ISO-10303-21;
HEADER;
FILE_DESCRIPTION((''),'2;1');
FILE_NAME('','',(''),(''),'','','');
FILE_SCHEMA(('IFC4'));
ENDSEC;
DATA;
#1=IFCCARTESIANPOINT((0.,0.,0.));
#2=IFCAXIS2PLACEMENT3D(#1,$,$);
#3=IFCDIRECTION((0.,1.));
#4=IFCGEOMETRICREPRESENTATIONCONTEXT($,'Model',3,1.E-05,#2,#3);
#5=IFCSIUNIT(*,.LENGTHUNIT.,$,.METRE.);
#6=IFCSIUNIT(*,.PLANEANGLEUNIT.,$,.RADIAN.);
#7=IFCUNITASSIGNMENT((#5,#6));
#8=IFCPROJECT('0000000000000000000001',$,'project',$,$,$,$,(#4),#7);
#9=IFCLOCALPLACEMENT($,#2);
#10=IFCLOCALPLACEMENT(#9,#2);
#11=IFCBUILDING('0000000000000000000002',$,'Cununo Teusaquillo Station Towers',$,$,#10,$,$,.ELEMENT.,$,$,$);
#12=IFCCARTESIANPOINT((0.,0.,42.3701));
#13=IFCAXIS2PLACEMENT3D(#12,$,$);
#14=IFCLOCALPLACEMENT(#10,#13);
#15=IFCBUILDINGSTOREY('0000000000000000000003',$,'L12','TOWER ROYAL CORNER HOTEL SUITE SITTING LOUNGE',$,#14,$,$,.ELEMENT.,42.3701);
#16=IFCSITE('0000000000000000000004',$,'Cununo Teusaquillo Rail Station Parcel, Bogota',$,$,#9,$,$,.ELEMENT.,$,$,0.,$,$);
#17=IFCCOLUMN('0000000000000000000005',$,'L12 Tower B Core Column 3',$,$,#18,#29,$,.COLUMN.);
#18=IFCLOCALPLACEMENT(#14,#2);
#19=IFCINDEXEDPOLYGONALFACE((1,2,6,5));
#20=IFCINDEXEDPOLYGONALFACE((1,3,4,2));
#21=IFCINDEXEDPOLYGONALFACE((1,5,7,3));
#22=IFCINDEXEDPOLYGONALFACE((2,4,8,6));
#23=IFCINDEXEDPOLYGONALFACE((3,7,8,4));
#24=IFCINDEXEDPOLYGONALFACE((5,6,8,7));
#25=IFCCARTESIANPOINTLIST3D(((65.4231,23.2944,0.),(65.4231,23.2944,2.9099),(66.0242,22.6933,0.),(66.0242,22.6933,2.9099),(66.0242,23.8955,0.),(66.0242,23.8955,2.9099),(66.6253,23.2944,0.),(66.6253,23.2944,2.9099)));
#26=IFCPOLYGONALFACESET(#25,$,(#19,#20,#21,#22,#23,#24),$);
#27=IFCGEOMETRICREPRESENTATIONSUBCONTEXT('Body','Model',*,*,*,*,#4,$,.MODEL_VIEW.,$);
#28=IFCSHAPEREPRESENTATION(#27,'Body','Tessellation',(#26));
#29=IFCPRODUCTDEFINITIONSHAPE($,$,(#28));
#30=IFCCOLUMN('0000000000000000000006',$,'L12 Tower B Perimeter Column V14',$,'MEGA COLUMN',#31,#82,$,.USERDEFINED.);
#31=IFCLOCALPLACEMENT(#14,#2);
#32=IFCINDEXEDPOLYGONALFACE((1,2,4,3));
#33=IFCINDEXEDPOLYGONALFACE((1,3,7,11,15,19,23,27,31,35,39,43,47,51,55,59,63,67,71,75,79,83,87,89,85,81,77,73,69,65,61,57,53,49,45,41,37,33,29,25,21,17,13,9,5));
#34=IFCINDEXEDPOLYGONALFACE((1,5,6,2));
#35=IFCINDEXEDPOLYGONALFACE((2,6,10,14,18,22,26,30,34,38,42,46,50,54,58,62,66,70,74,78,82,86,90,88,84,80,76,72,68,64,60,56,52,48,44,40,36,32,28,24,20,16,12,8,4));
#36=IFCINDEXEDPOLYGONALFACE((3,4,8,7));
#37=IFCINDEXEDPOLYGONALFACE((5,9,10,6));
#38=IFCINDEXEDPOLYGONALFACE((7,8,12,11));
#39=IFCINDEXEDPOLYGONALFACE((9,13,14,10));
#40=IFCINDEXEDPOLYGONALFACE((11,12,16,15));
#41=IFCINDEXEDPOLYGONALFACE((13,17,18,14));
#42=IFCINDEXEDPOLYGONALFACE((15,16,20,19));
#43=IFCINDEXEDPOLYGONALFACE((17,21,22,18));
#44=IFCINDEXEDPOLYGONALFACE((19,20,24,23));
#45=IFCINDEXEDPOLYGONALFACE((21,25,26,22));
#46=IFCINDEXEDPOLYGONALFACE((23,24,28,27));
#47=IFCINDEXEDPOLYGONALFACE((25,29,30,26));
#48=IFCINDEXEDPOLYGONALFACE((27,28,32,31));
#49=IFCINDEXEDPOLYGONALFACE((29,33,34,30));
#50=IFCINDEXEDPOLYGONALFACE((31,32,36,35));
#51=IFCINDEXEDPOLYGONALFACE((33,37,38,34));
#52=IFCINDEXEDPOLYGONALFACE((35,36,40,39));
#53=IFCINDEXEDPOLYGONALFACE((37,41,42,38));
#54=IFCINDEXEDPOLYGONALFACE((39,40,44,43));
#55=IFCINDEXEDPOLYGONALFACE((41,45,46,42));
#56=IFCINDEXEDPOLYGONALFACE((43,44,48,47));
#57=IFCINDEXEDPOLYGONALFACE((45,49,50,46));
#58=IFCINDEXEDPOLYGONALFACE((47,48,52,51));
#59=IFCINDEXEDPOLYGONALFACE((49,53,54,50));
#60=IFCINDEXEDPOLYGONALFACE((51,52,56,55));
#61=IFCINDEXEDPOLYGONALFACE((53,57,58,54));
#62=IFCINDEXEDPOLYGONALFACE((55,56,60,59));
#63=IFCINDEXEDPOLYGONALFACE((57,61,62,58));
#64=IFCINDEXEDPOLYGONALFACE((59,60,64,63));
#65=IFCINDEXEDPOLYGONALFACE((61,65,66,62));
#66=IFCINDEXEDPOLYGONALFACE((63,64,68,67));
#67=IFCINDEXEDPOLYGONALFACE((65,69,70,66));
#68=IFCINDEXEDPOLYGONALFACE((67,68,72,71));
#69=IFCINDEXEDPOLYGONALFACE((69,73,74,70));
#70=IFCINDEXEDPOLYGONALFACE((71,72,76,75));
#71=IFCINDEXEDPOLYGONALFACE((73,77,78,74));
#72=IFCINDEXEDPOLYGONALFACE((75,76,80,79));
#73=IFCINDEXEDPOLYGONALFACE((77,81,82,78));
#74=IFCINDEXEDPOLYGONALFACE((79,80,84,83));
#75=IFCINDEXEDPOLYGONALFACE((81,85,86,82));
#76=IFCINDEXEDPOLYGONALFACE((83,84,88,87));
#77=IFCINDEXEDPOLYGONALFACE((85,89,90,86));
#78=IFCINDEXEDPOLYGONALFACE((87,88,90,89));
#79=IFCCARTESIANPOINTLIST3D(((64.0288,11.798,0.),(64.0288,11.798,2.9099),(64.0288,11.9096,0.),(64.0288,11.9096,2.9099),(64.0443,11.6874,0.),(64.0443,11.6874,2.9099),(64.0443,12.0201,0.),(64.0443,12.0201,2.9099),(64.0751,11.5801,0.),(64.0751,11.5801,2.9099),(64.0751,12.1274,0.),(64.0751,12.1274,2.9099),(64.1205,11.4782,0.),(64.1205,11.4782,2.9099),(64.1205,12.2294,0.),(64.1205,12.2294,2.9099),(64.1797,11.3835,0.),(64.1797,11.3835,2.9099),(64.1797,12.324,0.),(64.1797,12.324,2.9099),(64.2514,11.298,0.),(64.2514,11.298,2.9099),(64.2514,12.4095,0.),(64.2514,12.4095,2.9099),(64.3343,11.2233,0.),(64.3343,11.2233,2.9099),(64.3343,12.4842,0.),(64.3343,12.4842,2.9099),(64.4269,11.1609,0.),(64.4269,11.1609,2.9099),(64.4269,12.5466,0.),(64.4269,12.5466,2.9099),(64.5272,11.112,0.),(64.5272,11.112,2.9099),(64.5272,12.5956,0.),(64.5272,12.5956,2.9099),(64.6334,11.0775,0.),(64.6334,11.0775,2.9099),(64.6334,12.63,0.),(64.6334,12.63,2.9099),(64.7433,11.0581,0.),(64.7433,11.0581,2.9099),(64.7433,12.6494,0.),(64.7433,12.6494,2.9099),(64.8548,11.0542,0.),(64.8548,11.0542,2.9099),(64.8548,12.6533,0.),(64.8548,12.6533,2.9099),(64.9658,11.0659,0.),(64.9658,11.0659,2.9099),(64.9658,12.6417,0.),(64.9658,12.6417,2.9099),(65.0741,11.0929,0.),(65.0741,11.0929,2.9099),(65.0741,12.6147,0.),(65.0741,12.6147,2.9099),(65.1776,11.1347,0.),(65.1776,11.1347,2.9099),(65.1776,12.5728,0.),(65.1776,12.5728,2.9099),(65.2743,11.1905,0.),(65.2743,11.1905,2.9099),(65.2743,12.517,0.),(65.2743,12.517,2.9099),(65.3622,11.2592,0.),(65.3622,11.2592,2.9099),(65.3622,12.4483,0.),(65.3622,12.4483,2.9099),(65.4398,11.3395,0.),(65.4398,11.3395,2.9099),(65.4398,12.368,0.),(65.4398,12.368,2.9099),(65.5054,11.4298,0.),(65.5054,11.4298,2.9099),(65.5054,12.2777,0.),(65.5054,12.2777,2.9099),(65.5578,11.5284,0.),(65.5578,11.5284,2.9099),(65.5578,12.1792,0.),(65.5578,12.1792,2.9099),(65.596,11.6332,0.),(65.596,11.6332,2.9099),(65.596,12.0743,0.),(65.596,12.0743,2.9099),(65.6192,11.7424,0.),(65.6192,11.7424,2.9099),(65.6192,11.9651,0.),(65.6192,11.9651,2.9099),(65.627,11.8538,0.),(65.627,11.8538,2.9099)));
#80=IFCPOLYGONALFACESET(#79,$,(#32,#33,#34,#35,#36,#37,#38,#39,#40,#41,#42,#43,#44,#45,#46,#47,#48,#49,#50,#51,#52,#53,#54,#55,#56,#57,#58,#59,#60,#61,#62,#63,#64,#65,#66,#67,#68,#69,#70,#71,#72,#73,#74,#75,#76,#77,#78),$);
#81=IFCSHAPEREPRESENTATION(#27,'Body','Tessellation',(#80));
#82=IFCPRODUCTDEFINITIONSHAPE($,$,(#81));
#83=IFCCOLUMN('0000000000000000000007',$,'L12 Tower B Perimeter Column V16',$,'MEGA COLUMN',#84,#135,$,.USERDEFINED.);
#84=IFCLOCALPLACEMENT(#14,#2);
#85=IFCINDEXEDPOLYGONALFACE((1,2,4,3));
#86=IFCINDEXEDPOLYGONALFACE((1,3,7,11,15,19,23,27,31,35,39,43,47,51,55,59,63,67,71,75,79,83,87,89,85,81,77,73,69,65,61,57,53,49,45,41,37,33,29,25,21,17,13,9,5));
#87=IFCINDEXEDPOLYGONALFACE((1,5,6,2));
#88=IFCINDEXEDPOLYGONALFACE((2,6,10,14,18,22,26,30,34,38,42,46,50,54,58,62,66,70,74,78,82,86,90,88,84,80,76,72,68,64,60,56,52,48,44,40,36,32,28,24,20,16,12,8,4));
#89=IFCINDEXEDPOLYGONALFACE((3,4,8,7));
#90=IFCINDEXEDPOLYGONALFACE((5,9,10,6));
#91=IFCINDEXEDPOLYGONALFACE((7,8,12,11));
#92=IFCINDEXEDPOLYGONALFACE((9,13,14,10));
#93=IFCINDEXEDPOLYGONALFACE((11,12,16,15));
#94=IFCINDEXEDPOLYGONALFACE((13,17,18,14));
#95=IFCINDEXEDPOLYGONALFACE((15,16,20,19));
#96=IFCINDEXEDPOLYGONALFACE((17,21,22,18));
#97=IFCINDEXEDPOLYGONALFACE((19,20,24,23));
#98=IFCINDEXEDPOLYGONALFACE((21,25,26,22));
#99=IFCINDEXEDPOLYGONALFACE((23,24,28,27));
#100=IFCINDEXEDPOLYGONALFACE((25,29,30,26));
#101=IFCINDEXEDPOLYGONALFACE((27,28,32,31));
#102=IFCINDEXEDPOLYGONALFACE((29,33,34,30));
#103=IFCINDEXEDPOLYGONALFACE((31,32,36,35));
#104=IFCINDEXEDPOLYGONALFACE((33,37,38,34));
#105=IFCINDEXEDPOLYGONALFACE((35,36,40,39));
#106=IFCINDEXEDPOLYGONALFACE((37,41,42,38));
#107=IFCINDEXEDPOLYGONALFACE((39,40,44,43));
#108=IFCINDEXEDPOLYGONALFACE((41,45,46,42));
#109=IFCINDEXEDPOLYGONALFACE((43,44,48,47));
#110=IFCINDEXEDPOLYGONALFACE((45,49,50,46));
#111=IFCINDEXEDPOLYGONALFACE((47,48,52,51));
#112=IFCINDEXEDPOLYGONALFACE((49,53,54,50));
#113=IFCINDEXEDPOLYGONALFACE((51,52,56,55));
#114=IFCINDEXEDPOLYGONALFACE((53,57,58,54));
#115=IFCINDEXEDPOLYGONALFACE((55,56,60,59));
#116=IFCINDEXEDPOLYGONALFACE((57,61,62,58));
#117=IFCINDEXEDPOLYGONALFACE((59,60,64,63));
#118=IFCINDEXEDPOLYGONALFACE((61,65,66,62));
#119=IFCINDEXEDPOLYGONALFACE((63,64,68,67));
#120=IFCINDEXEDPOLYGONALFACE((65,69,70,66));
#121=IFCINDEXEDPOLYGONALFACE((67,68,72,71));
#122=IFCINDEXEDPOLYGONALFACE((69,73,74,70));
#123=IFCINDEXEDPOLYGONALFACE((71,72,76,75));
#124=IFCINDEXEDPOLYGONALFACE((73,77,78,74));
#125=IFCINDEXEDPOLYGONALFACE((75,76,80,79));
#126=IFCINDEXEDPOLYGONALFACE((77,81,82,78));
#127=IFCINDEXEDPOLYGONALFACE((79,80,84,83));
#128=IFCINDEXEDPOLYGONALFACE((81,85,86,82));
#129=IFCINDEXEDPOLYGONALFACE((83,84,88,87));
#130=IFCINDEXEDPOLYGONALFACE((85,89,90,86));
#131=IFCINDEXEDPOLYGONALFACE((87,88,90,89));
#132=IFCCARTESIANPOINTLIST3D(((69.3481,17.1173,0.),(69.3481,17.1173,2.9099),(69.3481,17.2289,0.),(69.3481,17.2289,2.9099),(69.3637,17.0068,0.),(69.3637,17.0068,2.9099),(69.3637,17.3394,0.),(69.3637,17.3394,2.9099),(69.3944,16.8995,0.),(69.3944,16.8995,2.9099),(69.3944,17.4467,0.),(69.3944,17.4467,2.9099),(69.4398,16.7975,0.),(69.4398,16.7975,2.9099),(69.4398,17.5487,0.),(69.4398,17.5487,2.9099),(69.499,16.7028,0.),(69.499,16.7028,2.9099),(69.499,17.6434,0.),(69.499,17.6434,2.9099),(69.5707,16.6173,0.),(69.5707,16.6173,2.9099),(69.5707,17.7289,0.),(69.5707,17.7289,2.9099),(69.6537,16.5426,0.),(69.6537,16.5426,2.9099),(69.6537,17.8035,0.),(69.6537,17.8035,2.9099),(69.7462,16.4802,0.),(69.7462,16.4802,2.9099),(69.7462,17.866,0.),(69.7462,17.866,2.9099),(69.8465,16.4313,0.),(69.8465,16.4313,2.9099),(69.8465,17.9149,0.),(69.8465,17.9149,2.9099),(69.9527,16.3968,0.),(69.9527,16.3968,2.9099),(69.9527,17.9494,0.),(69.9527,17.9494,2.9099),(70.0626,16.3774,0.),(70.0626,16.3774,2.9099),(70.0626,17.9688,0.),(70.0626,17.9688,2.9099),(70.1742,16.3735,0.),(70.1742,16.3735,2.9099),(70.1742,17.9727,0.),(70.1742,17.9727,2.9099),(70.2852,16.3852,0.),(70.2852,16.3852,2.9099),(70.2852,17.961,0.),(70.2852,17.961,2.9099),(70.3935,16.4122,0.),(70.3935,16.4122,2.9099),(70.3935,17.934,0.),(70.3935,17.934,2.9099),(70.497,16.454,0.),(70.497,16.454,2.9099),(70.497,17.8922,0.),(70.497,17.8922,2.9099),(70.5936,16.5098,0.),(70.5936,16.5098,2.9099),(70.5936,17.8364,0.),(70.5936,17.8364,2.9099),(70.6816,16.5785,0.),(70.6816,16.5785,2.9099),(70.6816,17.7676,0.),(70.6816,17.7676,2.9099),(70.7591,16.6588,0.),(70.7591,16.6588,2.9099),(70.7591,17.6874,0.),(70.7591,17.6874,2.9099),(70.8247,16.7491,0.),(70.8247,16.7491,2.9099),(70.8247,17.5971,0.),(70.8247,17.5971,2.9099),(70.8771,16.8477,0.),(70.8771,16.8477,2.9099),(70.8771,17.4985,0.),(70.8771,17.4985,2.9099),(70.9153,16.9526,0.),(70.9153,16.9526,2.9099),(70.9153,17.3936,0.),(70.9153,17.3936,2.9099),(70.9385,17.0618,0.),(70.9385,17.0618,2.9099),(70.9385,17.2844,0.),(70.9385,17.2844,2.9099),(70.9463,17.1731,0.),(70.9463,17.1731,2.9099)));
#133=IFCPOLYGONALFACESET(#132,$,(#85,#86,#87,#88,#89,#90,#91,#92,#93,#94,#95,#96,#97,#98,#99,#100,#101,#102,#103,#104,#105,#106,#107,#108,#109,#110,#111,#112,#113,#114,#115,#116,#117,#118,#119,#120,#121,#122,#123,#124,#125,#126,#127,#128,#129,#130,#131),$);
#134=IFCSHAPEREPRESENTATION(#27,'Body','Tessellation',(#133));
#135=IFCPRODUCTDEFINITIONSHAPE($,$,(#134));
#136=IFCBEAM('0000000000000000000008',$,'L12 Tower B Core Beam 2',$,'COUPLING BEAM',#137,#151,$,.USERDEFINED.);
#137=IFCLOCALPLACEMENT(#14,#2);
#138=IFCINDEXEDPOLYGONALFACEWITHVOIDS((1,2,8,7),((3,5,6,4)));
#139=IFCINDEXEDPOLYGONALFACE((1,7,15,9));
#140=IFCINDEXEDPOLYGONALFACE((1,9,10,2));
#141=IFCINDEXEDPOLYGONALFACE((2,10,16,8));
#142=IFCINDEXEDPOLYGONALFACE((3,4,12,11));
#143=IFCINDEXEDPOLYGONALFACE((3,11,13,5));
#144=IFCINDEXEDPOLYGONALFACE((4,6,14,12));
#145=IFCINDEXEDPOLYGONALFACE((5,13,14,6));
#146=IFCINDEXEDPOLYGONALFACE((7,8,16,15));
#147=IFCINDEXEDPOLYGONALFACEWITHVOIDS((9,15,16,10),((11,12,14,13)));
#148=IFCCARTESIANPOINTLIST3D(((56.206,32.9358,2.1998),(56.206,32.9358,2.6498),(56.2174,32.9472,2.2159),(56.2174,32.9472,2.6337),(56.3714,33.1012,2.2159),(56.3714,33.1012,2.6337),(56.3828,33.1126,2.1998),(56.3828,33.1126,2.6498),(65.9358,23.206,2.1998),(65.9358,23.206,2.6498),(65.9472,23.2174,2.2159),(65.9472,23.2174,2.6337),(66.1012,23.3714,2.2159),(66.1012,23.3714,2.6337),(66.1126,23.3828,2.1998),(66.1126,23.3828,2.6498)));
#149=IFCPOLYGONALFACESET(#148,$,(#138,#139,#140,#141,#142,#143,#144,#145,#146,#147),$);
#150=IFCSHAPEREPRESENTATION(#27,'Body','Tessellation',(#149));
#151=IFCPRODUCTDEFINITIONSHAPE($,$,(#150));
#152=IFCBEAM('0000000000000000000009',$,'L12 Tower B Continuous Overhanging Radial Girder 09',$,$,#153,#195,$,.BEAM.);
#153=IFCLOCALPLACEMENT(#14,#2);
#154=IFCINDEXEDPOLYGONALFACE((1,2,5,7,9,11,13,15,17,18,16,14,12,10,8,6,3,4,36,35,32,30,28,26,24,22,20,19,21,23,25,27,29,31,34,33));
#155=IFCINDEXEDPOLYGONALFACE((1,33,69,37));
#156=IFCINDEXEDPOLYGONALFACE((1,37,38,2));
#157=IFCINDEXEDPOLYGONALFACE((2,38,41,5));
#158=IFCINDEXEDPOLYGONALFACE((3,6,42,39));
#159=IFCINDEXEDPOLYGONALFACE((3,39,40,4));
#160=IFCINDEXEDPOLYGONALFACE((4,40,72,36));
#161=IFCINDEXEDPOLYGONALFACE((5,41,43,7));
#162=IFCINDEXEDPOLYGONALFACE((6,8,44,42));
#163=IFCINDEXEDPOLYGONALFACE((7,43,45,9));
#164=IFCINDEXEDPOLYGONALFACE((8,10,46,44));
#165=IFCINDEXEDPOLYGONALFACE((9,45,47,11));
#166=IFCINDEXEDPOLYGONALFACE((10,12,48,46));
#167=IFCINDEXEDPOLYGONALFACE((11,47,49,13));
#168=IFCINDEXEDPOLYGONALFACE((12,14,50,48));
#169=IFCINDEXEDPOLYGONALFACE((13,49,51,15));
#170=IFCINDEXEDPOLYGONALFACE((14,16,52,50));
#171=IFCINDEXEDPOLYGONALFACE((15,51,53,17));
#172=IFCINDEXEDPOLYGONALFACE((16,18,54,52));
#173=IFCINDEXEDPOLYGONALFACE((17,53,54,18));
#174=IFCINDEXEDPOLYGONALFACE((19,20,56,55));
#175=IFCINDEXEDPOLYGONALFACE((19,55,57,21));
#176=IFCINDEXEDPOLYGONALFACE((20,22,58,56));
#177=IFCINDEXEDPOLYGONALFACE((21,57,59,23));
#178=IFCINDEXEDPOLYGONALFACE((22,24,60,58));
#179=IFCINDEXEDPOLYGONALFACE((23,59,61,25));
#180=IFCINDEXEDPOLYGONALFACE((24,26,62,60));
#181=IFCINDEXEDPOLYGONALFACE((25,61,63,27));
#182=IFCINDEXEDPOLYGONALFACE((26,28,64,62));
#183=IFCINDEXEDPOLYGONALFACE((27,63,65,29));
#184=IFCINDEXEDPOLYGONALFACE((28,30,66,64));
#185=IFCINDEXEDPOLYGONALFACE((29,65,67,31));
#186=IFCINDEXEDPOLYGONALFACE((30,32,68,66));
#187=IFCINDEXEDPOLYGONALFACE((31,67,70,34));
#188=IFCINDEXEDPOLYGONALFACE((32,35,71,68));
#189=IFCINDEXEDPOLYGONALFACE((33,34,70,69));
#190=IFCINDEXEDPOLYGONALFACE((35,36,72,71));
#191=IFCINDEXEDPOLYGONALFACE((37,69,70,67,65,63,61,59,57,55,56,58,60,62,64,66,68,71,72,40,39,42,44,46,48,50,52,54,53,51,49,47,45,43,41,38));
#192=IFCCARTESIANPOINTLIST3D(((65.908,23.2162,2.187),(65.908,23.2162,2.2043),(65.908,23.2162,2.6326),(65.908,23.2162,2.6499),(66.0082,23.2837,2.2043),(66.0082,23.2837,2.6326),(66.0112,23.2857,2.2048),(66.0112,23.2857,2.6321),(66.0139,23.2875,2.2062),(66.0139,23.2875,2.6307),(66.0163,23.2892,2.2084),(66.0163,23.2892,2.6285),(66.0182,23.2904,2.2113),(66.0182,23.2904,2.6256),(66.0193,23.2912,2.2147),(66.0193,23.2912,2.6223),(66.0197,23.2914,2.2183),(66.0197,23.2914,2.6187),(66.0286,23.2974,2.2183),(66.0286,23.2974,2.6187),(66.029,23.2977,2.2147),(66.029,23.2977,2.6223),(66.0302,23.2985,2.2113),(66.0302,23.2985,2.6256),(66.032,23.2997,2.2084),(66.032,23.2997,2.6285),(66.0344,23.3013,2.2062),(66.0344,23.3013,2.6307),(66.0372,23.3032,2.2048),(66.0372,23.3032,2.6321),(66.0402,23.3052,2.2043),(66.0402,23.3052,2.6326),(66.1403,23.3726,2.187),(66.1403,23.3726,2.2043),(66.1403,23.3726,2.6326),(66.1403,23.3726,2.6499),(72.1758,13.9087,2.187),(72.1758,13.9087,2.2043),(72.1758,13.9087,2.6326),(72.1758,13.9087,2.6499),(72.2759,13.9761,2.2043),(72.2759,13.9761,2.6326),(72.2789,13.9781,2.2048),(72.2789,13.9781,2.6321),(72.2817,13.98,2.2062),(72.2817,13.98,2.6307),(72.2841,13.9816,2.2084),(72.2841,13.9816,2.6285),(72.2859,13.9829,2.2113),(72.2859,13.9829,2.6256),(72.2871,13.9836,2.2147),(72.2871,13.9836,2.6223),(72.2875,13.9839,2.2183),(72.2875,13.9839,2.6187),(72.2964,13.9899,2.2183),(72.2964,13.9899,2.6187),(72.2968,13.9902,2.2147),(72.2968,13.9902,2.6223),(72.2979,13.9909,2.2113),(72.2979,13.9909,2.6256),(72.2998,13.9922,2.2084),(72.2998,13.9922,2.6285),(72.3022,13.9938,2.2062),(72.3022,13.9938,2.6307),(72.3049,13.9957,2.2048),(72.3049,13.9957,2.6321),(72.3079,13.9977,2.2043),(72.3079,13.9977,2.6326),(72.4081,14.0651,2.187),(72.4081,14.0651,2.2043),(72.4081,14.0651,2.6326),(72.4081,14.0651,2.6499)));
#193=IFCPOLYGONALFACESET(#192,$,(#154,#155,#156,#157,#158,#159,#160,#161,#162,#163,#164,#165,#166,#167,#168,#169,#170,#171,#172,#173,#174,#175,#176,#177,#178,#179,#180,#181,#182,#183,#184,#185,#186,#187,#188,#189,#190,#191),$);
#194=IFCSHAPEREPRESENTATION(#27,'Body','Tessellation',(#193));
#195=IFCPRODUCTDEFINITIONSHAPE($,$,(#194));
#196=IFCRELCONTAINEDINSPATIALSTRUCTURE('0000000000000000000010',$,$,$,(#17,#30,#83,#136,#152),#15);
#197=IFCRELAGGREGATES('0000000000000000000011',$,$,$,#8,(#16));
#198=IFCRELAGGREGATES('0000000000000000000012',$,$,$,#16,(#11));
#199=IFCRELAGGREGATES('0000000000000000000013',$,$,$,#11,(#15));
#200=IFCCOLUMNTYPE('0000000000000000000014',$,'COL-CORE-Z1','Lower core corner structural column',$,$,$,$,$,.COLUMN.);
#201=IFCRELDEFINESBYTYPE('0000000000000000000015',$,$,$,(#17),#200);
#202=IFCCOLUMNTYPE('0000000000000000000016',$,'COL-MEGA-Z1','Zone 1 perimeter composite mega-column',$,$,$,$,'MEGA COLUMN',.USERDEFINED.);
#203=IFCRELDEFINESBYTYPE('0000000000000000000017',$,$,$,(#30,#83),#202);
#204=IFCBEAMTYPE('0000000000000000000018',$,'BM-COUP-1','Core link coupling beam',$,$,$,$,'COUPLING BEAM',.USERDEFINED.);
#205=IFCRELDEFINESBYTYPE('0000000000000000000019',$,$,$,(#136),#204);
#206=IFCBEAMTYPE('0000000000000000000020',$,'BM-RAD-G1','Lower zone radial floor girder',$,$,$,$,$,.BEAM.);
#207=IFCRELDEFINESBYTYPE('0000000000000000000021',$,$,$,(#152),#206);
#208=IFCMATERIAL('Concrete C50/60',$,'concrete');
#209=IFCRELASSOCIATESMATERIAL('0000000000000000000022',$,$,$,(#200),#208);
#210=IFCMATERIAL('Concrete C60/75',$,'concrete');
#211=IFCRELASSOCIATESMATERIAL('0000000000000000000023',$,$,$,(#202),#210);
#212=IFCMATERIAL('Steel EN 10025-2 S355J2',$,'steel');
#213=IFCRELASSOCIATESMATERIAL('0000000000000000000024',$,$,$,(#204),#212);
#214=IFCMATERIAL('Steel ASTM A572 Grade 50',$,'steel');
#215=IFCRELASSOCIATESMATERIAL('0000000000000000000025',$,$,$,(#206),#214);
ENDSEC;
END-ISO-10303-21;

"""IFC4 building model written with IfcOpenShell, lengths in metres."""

from ifc_helpers import new_model, si_unit, direction, frame, origin, origin_2d, place, context, subcontext, project, spatial, rectangle, hollow_rectangle, circle, i_section, extrude, material, material_profile, profile_set, type_object, element, save


model = new_model("IFC4")

# Units and contexts
model_context = context("Model", 3, precision=1e-05, world=origin(), true_north=direction((0.0, 1.0)))
body_context = subcontext(model_context, "Body", "Model", "MODEL_VIEW")
ifc_project = project(units=[si_unit("LENGTHUNIT", "METRE"), si_unit("PLANEANGLEUNIT", "RADIAN")], contexts=[model_context])

# Site, building, storey
site_placement = place(None, origin())
site = spatial("IfcSite", under=ifc_project, at=site_placement, Name="Cununo Teusaquillo Rail Station Parcel, Bogota", CompositionType="ELEMENT", RefElevation=0.0)
building_placement = place(site_placement, origin())
building = spatial("IfcBuilding", under=site, at=building_placement, Name="Cununo Teusaquillo Station Towers", CompositionType="ELEMENT")
storey_placement = place(building_placement, frame((0.0, 0.0, 42.3701)))
storey = spatial("IfcBuildingStorey", under=building, at=storey_placement, Name="L12", Description="TOWER ROYAL CORNER HOTEL SUITE SITTING LOUNGE", CompositionType="ELEMENT", Elevation=42.3701)

# Columns
ifc_material_1 = material(Name="Concrete C50/60", Category="concrete")
ifc_material_profile_1 = material_profile(ifc_material_1, rectangle(XDim=0.8501, YDim=0.8501, at=origin_2d()), Name="RC-RECT-850x850")
ifc_profile_set_1 = profile_set([ifc_material_profile_1], Name="Concrete C50/60")
column_type_1 = type_object("IfcColumnType", Name="COL-CORE-Z1", Description="Lower core corner structural column", PredefinedType="COLUMN", material=ifc_profile_set_1)
column_placement = place(storey_placement, frame((66.0242, 23.2944, 0.0), z_axis=(0.0, 0.0, 1.0), x_axis=(0.707107, 0.707107, 0.0)))
element("IfcColumn", 1, at=column_placement, inside=storey, type_object=column_type_1, Name="L12 Tower B Core Column 3", PredefinedType="COLUMN", context=body_context, shape_type="SweptSolid", body=[
    extrude(rectangle(XDim=0.8501, YDim=0.8501, at=origin_2d()), origin(), (0.0, 0.0, 1.0), 2.9099),
])
ifc_material_2 = material(Name="Concrete C60/75", Category="concrete")
ifc_material_profile_2 = material_profile(ifc_material_2, circle(Radius=0.8, at=origin_2d()), Name="RC-CIRC-1600")
ifc_profile_set_2 = profile_set([ifc_material_profile_2], Name="Concrete C60/75")
column_type_2 = type_object("IfcColumnType", Name="COL-MEGA-Z1", Description="Zone 1 perimeter composite mega-column", ElementType="MEGA COLUMN", PredefinedType="USERDEFINED", material=ifc_profile_set_2)
for number, where, z_axis, x_axis, name in (
    (2, (64.8269, 11.8538, 0.0), (0.0, 0.0, 1.0), (1.0, 0.0, 0.0), "L12 Tower B Perimeter Column V14"),
    (3, (70.1462, 17.1731, 0.0), (0.0, 0.0, 1.0), (1.0, 0.0, 0.0), "L12 Tower B Perimeter Column V16"),
):
    element("IfcColumn", number, at=place(storey_placement, frame(where, z_axis=z_axis, x_axis=x_axis)), inside=storey, type_object=column_type_2, Name=name, ObjectType="MEGA COLUMN", PredefinedType="USERDEFINED", context=body_context, shape_type="SweptSolid", body=[
        extrude(circle(Radius=0.8, at=origin_2d()), origin(), (0.0, 0.0, 1.0), 2.9099),
    ])

# Beams
ifc_material_3 = material(Name="Steel EN 10025-2 S355J2", Category="steel")
ifc_material_profile_3 = material_profile(ifc_material_3, hollow_rectangle(XDim=0.25, YDim=0.45, WallThickness=0.0161, at=origin_2d()), Name="RHS 450x250x16")
ifc_profile_set_3 = profile_set([ifc_material_profile_3], Name="Steel EN 10025-2 S355J2")
beam_type_1 = type_object("IfcBeamType", Name="BM-COUP-1", Description="Core link coupling beam", ElementType="COUPLING BEAM", PredefinedType="USERDEFINED", material=ifc_profile_set_3)
beam_1_placement = place(storey_placement, frame((66.0242, 23.2944, 2.4248), z_axis=(-0.707107, 0.707107, 0.0), x_axis=(-0.707107, -0.707107, 0.0)))
element("IfcBeam", 4, at=beam_1_placement, inside=storey, type_object=beam_type_1, Name="L12 Tower B Core Beam 2", ObjectType="COUPLING BEAM", PredefinedType="USERDEFINED", context=body_context, shape_type="SweptSolid", body=[
    extrude(hollow_rectangle(XDim=0.25, YDim=0.45, WallThickness=0.0161, at=origin_2d()), origin(), (0.0, 0.0, 1.0), 13.76),
])
ifc_material_4 = material(Name="Steel ASTM A572 Grade 50", Category="steel")
ifc_material_profile_4 = material_profile(ifc_material_4, i_section(OverallWidth=0.28, OverallDepth=0.4629, WebThickness=0.0107, FlangeThickness=0.0173, FilletRadius=0.0139, at=origin_2d()), Name="W18X76")
ifc_profile_set_4 = profile_set([ifc_material_profile_4], Name="Steel ASTM A572 Grade 50")
beam_type_2 = type_object("IfcBeamType", Name="BM-RAD-G1", Description="Lower zone radial floor girder", PredefinedType="BEAM", material=ifc_profile_set_4)
beam_2_placement = place(storey_placement, frame((66.0242, 23.2944, 2.4185), z_axis=(0.558565, -0.829461, 0.0), x_axis=(0.829461, 0.558565, 0.0)))
element("IfcBeam", 5, at=beam_2_placement, inside=storey, type_object=beam_type_2, Name="L12 Tower B Continuous Overhanging Radial Girder 09", PredefinedType="BEAM", context=body_context, shape_type="SweptSolid", body=[
    extrude(i_section(OverallWidth=0.28, OverallDepth=0.4629, WebThickness=0.0107, FlangeThickness=0.0173, FilletRadius=0.0139, at=origin_2d()), origin(), (0.0, 0.0, 1.0), 11.2212),
])

save(model, "model.ifc")
